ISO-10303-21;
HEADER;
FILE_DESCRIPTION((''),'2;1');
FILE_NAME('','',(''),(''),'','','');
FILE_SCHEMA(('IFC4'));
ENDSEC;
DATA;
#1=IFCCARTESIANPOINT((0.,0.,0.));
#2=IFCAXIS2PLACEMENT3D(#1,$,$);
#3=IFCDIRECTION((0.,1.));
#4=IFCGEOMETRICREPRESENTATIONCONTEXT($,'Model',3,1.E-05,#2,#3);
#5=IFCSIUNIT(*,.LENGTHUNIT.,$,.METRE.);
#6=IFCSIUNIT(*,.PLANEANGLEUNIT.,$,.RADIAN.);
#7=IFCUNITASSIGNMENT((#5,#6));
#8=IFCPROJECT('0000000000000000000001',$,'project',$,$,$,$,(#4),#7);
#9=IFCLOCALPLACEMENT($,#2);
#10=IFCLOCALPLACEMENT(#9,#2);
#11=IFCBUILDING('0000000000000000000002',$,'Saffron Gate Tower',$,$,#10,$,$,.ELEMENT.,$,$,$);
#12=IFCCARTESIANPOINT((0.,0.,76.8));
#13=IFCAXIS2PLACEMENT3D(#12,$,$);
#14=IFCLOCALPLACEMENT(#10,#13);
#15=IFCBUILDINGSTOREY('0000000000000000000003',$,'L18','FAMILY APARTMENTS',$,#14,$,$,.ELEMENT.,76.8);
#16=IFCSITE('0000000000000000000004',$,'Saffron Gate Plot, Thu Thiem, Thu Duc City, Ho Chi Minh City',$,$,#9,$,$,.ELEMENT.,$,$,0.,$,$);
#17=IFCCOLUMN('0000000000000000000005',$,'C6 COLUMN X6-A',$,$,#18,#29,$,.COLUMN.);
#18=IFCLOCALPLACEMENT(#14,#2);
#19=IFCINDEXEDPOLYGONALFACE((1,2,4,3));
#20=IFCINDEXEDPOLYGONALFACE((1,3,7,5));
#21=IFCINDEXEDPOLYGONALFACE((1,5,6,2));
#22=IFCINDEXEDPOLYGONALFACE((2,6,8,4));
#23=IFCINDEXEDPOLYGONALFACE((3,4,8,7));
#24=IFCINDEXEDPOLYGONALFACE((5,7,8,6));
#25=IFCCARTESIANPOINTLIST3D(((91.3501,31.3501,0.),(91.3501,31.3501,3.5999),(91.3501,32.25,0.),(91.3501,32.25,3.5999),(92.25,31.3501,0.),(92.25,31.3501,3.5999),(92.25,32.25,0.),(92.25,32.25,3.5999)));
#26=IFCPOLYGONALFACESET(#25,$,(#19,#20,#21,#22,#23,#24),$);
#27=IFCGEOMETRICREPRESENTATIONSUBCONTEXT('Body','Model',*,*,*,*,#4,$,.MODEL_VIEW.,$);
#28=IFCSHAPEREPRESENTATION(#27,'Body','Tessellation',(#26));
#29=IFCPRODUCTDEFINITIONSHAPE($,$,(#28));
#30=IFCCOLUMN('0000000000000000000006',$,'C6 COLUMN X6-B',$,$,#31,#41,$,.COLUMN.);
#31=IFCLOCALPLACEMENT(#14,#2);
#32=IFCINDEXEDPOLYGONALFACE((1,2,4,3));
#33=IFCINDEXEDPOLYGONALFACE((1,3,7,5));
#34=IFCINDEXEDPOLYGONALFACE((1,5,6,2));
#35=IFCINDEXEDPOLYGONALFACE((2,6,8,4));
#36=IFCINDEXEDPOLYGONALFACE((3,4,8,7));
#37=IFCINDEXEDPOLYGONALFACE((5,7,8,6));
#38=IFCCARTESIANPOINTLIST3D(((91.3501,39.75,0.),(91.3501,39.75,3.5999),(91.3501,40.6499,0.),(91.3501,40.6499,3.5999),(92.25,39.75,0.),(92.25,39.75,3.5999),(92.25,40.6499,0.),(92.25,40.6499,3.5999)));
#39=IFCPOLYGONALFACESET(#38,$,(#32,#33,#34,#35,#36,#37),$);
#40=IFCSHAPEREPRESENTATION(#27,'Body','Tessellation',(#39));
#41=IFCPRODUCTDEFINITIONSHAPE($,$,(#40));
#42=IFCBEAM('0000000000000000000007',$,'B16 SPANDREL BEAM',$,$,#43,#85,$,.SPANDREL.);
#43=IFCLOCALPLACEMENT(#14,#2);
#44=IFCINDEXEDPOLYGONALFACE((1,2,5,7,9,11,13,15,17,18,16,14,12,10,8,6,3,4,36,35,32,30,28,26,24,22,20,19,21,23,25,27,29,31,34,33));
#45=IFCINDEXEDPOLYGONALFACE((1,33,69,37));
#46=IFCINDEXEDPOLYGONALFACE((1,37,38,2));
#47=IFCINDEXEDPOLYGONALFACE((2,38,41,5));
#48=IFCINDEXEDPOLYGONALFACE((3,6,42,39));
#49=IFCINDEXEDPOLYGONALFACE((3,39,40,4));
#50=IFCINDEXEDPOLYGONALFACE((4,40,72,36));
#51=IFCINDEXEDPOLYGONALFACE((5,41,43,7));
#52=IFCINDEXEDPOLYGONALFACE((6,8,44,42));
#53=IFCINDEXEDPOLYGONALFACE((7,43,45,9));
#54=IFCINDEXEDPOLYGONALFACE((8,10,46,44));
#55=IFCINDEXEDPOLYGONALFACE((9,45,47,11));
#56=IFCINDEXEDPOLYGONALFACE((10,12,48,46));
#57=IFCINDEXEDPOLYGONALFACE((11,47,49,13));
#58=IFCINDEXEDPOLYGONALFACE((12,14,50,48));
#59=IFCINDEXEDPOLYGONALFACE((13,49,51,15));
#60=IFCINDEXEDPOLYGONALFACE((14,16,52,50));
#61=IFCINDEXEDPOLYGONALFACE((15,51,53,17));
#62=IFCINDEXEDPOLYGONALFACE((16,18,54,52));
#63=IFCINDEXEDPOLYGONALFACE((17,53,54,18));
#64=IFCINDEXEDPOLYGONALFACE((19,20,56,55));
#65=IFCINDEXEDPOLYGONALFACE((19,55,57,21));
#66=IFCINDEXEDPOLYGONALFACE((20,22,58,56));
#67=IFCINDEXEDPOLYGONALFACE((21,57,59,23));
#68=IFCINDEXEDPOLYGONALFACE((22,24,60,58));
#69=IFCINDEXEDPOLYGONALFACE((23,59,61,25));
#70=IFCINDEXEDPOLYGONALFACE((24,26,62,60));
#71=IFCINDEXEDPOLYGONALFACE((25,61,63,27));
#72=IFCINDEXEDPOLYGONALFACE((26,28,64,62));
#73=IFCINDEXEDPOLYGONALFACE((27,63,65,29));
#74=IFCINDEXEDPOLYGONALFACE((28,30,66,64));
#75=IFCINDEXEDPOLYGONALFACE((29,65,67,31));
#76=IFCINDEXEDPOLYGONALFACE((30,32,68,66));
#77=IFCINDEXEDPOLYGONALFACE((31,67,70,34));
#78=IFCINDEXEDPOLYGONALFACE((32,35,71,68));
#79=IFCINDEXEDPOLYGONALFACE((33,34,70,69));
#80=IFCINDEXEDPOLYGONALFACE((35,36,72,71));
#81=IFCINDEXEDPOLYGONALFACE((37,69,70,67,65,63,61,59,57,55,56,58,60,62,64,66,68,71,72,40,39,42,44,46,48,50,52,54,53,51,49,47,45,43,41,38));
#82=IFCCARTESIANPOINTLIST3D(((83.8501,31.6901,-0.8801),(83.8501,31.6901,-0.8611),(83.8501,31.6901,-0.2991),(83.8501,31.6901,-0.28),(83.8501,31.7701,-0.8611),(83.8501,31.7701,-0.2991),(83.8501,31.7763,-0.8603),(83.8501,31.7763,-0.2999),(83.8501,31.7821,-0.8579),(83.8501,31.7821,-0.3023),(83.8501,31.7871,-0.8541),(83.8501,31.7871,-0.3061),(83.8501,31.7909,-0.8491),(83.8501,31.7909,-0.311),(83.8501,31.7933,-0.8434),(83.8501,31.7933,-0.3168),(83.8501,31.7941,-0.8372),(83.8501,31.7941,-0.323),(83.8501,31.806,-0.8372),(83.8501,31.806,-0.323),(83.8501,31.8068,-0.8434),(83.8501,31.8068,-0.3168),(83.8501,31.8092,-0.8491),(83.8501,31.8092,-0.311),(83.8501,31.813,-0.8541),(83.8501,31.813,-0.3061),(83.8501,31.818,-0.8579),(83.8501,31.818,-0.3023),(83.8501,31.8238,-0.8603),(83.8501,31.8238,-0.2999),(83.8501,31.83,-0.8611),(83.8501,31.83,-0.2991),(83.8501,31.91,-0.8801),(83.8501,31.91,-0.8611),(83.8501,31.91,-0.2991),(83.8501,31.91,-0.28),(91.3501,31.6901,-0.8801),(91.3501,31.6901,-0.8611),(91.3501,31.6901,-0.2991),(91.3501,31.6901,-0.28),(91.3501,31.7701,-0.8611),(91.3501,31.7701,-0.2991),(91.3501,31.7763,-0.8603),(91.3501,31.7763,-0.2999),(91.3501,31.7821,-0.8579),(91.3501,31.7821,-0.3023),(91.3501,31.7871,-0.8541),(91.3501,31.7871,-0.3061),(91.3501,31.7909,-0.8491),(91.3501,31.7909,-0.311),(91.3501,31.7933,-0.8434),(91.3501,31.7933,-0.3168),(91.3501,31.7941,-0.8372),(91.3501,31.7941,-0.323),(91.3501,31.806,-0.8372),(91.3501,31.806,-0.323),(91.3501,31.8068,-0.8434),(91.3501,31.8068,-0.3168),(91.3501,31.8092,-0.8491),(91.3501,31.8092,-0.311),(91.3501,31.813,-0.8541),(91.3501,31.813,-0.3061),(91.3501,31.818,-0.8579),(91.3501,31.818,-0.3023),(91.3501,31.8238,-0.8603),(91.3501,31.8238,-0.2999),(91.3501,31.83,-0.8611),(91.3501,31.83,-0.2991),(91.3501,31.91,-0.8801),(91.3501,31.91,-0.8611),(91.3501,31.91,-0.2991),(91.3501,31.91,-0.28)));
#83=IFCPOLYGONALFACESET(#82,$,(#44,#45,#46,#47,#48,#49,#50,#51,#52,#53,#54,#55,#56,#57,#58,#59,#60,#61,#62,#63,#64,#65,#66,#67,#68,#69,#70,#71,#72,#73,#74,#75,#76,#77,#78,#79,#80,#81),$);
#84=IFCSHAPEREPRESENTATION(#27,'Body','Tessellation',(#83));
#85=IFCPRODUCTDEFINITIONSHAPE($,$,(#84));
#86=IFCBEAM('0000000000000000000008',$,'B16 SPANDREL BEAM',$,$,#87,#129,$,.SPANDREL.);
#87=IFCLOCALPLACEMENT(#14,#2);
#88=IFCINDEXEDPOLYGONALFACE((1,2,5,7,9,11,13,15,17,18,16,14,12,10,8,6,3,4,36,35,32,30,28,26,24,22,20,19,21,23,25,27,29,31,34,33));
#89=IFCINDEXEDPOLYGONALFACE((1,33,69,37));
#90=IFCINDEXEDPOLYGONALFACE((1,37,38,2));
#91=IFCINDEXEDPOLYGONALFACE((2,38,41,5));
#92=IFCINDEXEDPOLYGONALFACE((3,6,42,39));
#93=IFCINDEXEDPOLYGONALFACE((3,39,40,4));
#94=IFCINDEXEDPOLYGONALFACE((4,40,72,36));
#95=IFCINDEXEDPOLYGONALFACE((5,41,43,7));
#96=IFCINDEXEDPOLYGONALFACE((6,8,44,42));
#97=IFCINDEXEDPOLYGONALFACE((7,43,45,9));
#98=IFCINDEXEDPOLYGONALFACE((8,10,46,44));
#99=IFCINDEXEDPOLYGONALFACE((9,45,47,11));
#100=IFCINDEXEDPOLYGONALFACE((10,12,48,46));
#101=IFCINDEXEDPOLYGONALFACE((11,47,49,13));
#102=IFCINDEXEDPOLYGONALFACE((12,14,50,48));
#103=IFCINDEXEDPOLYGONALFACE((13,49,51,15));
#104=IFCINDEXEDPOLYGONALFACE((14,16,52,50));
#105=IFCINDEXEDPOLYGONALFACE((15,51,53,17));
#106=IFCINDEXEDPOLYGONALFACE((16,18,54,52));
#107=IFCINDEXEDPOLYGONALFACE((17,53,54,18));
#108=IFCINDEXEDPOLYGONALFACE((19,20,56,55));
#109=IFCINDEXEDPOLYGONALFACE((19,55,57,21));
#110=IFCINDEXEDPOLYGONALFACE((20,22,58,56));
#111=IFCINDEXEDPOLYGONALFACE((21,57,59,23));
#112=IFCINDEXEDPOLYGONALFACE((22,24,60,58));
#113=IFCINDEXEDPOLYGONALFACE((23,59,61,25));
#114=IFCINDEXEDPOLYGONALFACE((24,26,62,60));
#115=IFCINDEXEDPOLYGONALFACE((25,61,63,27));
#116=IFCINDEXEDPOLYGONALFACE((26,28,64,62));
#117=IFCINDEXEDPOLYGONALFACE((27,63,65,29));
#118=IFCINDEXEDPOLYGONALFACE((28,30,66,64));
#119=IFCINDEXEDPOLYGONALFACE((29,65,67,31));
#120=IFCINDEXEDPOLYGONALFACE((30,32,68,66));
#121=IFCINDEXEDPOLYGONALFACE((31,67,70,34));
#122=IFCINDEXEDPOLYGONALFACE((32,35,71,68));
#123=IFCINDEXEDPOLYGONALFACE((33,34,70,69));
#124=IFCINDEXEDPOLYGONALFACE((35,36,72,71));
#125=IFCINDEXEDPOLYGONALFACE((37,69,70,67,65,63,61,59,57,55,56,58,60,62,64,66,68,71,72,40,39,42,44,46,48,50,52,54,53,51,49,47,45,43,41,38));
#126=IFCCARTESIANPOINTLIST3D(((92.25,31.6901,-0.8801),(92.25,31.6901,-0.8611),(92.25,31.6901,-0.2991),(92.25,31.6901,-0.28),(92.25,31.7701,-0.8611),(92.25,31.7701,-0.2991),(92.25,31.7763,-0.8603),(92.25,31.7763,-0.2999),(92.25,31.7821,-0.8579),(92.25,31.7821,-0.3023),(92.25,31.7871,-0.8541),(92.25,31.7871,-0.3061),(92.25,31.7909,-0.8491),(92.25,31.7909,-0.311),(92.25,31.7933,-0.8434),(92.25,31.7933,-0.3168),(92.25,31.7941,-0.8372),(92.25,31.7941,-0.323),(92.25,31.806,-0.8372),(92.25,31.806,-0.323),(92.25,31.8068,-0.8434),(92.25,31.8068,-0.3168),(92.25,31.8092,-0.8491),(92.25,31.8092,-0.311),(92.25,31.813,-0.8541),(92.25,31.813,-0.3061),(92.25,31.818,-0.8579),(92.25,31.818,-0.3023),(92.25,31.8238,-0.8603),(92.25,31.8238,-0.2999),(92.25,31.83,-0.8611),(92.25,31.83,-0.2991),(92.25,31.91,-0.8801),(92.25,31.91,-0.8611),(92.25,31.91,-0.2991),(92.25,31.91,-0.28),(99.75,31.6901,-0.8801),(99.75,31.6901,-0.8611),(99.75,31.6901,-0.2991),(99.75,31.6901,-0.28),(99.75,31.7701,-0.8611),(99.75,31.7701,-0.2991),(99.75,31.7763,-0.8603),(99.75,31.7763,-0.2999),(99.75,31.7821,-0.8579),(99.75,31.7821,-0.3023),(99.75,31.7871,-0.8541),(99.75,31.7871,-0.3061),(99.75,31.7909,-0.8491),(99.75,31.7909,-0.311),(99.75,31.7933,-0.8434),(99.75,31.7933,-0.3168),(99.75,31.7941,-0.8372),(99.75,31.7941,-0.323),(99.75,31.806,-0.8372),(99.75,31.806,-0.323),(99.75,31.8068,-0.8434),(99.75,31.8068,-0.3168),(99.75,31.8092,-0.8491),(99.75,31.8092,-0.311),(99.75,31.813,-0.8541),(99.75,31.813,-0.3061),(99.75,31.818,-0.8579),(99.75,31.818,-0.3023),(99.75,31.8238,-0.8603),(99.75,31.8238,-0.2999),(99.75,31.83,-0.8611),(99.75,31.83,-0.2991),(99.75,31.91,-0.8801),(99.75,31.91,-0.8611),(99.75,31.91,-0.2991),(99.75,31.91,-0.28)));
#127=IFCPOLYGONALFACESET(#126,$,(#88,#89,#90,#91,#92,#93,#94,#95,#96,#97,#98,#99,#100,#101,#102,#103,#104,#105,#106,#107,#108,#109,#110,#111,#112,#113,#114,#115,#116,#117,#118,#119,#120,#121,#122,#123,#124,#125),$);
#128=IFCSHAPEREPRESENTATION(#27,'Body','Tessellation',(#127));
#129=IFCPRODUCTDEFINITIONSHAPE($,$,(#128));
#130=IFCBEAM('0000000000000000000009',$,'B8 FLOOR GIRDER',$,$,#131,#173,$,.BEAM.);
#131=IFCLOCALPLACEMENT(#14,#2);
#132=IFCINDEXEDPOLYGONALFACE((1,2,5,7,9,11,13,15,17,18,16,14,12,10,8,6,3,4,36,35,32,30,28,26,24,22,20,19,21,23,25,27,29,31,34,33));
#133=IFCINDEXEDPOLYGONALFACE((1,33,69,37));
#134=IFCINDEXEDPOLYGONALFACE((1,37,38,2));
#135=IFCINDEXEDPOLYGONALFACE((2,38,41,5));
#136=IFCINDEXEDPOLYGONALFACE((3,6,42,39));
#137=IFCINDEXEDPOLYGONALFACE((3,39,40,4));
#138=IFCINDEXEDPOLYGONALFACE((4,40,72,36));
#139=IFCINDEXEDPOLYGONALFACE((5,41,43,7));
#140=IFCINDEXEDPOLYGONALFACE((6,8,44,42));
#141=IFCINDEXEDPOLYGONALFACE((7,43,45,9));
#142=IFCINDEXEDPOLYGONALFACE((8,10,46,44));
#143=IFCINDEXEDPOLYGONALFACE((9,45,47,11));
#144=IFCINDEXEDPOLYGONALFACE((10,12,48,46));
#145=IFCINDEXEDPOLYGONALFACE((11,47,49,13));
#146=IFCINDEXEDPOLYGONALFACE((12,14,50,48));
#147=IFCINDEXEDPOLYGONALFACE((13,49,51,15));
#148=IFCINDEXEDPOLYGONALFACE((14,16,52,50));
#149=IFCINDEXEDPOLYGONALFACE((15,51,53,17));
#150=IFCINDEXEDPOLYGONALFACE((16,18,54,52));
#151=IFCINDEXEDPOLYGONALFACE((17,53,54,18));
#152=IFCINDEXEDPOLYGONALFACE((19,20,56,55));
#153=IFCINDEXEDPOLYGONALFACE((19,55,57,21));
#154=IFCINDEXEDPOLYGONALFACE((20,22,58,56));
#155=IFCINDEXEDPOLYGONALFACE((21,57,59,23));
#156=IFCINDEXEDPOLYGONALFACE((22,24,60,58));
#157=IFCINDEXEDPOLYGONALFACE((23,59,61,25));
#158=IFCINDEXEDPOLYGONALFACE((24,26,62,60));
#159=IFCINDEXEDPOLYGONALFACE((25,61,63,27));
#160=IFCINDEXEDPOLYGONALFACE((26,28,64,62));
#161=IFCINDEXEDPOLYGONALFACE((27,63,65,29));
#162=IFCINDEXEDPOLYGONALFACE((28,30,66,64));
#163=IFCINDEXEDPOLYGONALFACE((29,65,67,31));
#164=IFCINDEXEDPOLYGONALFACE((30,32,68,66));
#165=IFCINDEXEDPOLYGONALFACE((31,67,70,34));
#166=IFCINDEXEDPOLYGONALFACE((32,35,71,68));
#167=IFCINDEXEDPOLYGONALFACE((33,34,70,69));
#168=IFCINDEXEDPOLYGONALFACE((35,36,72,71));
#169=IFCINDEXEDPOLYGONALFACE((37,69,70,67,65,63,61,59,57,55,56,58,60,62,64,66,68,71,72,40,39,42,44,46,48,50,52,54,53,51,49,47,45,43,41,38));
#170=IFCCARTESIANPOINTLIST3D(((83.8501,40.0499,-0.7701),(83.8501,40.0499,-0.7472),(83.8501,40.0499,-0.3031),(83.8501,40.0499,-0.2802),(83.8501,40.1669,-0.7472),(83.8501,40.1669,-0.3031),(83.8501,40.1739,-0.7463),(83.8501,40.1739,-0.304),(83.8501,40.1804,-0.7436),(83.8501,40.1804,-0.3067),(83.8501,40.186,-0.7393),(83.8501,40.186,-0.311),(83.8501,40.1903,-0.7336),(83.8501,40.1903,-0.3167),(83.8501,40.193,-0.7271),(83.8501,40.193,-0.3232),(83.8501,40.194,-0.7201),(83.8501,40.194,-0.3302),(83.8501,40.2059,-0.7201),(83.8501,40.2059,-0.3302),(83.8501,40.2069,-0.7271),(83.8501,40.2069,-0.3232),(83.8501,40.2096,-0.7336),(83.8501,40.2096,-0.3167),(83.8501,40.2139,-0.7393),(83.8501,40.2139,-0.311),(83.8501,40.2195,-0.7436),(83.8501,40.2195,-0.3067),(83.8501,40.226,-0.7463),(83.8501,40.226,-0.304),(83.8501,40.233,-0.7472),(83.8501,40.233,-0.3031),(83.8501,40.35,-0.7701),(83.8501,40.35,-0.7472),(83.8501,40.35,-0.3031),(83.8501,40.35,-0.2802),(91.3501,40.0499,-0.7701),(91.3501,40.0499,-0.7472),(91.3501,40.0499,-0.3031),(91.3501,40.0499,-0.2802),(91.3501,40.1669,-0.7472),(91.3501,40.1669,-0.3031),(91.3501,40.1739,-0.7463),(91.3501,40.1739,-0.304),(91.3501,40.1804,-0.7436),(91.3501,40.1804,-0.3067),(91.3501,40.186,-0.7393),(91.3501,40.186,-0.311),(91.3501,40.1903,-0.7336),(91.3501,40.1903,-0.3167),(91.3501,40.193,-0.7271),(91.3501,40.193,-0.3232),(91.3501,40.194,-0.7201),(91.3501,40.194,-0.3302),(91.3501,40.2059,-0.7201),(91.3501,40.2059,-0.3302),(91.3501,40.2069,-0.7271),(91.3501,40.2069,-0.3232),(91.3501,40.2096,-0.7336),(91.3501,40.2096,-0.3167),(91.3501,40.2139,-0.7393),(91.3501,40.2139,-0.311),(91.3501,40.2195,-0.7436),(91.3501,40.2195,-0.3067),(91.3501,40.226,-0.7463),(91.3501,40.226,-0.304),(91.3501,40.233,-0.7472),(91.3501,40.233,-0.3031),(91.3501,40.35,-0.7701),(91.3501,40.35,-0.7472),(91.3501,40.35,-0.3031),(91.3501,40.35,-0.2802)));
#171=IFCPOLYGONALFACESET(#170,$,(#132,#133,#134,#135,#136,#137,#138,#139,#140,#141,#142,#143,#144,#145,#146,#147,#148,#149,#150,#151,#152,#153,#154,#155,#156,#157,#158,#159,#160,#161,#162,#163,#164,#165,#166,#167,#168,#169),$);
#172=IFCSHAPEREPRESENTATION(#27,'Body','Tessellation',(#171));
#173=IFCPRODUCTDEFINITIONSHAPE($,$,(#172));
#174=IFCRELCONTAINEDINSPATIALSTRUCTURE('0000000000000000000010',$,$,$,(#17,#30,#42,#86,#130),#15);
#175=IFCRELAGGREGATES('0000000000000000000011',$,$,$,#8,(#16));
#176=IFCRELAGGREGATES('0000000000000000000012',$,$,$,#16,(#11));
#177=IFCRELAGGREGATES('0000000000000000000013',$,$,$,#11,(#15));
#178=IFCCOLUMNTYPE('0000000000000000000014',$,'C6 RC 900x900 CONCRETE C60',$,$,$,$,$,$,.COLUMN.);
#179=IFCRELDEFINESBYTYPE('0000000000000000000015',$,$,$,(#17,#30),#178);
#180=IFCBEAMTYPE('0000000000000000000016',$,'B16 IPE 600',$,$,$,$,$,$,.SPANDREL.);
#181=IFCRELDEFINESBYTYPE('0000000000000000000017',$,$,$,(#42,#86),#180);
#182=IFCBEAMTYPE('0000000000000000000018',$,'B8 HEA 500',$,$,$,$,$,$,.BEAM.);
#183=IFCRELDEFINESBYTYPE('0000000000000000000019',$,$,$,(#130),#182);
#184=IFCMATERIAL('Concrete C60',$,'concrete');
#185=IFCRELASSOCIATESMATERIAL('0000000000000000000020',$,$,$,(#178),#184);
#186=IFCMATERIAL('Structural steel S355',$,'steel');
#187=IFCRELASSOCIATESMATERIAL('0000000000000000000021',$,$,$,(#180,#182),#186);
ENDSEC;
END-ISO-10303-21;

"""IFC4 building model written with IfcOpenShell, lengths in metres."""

from ifc_helpers import new_model, si_unit, direction, frame, origin, origin_2d, place, context, subcontext, project, spatial, rectangle, i_section, extrude, material, material_profile, profile_set, type_object, element, save


model = new_model("IFC4")

# Units and contexts
model_context = context("Model", 3, precision=1e-05, world=origin(), true_north=direction((0.0, 1.0)))
body_context = subcontext(model_context, "Body", "Model", "MODEL_VIEW")
ifc_project = project(units=[si_unit("LENGTHUNIT", "METRE"), si_unit("PLANEANGLEUNIT", "RADIAN")], contexts=[model_context])

# Site, building, storey
site_placement = place(None, origin())
site = spatial("IfcSite", under=ifc_project, at=site_placement, Name="Saffron Gate Plot, Thu Thiem, Thu Duc City, Ho Chi Minh City", CompositionType="ELEMENT", RefElevation=0.0)
building_placement = place(site_placement, origin())
building = spatial("IfcBuilding", under=site, at=building_placement, Name="Saffron Gate Tower", CompositionType="ELEMENT")
storey_placement = place(building_placement, frame((0.0, 0.0, 76.8)))
storey = spatial("IfcBuildingStorey", under=building, at=storey_placement, Name="L18", Description="FAMILY APARTMENTS", CompositionType="ELEMENT", Elevation=76.8)

# Columns
ifc_material_1 = material(Name="Concrete C60", Category="concrete")
ifc_material_profile_1 = material_profile(ifc_material_1, rectangle(XDim=0.8999, YDim=0.8999, at=origin_2d()))
ifc_profile_set_1 = profile_set([ifc_material_profile_1], Name="Concrete C60")
column_type = type_object("IfcColumnType", Name="C6 RC 900x900 CONCRETE C60", PredefinedType="COLUMN", material=ifc_profile_set_1)
for number, where, z_axis, x_axis, name in (
    (1, (91.8, 31.8, 0.0), (0.0, 0.0, 1.0), (1.0, 0.0, 0.0), "C6 COLUMN X6-A"),
    (2, (91.8, 40.2, 0.0), (0.0, 0.0, 1.0), (1.0, 0.0, 0.0), "C6 COLUMN X6-B"),
):
    element("IfcColumn", number, at=place(storey_placement, frame(where, z_axis=z_axis, x_axis=x_axis)), inside=storey, type_object=column_type, Name=name, PredefinedType="COLUMN", context=body_context, shape_type="SweptSolid", body=[
        extrude(rectangle(XDim=0.8999, YDim=0.8999, at=origin_2d()), origin(), (0.0, 0.0, 1.0), 3.5999),
    ])

# Beams
ifc_material_2 = material(Name="Structural steel S355", Category="steel")
ifc_material_profile_2 = material_profile(ifc_material_2, i_section(OverallWidth=0.22, OverallDepth=0.6001, WebThickness=0.012, FlangeThickness=0.019, FilletRadius=0.0239, at=origin_2d()))
ifc_profile_set_2 = profile_set([ifc_material_profile_2], Name="Structural steel S355")
beam_type_1 = type_object("IfcBeamType", Name="B16 IPE 600", PredefinedType="SPANDREL", material=ifc_profile_set_2)
for number, where, z_axis, x_axis, name in (
    (3, (83.8501, 31.8, -0.5801), (1.0, 0.0, 0.0), (0.0, 1.0, 0.0), "B16 SPANDREL BEAM"),
    (4, (92.25, 31.8, -0.5801), (1.0, 0.0, 0.0), (0.0, 1.0, 0.0), "B16 SPANDREL BEAM"),
):
    element("IfcBeam", number, at=place(storey_placement, frame(where, z_axis=z_axis, x_axis=x_axis)), inside=storey, type_object=beam_type_1, Name=name, PredefinedType="SPANDREL", context=body_context, shape_type="SweptSolid", body=[
        extrude(i_section(OverallWidth=0.22, OverallDepth=0.6001, WebThickness=0.012, FlangeThickness=0.019, FilletRadius=0.0239, at=origin_2d()), origin(), (0.0, 0.0, 1.0), 7.5),
    ])
ifc_material_profile_3 = material_profile(ifc_material_2, i_section(OverallWidth=0.3, OverallDepth=0.49, WebThickness=0.012, FlangeThickness=0.0229, FilletRadius=0.0271, at=origin_2d()))
ifc_profile_set_3 = profile_set([ifc_material_profile_3], Name="Structural steel S355")
beam_type_2 = type_object("IfcBeamType", Name="B8 HEA 500", PredefinedType="BEAM", material=ifc_profile_set_3)
for number, where, z_axis, x_axis, name in (
    (5, (83.8501, 40.2, -0.5251), (1.0, 0.0, 0.0), (0.0, 1.0, 0.0), "B8 FLOOR GIRDER"),
):
    element("IfcBeam", number, at=place(storey_placement, frame(where, z_axis=z_axis, x_axis=x_axis)), inside=storey, type_object=beam_type_2, Name=name, PredefinedType="BEAM", context=body_context, shape_type="SweptSolid", body=[
        extrude(i_section(OverallWidth=0.3, OverallDepth=0.49, WebThickness=0.012, FlangeThickness=0.0229, FilletRadius=0.0271, at=origin_2d()), origin(), (0.0, 0.0, 1.0), 7.5),
    ])

save(model, "model.ifc")
